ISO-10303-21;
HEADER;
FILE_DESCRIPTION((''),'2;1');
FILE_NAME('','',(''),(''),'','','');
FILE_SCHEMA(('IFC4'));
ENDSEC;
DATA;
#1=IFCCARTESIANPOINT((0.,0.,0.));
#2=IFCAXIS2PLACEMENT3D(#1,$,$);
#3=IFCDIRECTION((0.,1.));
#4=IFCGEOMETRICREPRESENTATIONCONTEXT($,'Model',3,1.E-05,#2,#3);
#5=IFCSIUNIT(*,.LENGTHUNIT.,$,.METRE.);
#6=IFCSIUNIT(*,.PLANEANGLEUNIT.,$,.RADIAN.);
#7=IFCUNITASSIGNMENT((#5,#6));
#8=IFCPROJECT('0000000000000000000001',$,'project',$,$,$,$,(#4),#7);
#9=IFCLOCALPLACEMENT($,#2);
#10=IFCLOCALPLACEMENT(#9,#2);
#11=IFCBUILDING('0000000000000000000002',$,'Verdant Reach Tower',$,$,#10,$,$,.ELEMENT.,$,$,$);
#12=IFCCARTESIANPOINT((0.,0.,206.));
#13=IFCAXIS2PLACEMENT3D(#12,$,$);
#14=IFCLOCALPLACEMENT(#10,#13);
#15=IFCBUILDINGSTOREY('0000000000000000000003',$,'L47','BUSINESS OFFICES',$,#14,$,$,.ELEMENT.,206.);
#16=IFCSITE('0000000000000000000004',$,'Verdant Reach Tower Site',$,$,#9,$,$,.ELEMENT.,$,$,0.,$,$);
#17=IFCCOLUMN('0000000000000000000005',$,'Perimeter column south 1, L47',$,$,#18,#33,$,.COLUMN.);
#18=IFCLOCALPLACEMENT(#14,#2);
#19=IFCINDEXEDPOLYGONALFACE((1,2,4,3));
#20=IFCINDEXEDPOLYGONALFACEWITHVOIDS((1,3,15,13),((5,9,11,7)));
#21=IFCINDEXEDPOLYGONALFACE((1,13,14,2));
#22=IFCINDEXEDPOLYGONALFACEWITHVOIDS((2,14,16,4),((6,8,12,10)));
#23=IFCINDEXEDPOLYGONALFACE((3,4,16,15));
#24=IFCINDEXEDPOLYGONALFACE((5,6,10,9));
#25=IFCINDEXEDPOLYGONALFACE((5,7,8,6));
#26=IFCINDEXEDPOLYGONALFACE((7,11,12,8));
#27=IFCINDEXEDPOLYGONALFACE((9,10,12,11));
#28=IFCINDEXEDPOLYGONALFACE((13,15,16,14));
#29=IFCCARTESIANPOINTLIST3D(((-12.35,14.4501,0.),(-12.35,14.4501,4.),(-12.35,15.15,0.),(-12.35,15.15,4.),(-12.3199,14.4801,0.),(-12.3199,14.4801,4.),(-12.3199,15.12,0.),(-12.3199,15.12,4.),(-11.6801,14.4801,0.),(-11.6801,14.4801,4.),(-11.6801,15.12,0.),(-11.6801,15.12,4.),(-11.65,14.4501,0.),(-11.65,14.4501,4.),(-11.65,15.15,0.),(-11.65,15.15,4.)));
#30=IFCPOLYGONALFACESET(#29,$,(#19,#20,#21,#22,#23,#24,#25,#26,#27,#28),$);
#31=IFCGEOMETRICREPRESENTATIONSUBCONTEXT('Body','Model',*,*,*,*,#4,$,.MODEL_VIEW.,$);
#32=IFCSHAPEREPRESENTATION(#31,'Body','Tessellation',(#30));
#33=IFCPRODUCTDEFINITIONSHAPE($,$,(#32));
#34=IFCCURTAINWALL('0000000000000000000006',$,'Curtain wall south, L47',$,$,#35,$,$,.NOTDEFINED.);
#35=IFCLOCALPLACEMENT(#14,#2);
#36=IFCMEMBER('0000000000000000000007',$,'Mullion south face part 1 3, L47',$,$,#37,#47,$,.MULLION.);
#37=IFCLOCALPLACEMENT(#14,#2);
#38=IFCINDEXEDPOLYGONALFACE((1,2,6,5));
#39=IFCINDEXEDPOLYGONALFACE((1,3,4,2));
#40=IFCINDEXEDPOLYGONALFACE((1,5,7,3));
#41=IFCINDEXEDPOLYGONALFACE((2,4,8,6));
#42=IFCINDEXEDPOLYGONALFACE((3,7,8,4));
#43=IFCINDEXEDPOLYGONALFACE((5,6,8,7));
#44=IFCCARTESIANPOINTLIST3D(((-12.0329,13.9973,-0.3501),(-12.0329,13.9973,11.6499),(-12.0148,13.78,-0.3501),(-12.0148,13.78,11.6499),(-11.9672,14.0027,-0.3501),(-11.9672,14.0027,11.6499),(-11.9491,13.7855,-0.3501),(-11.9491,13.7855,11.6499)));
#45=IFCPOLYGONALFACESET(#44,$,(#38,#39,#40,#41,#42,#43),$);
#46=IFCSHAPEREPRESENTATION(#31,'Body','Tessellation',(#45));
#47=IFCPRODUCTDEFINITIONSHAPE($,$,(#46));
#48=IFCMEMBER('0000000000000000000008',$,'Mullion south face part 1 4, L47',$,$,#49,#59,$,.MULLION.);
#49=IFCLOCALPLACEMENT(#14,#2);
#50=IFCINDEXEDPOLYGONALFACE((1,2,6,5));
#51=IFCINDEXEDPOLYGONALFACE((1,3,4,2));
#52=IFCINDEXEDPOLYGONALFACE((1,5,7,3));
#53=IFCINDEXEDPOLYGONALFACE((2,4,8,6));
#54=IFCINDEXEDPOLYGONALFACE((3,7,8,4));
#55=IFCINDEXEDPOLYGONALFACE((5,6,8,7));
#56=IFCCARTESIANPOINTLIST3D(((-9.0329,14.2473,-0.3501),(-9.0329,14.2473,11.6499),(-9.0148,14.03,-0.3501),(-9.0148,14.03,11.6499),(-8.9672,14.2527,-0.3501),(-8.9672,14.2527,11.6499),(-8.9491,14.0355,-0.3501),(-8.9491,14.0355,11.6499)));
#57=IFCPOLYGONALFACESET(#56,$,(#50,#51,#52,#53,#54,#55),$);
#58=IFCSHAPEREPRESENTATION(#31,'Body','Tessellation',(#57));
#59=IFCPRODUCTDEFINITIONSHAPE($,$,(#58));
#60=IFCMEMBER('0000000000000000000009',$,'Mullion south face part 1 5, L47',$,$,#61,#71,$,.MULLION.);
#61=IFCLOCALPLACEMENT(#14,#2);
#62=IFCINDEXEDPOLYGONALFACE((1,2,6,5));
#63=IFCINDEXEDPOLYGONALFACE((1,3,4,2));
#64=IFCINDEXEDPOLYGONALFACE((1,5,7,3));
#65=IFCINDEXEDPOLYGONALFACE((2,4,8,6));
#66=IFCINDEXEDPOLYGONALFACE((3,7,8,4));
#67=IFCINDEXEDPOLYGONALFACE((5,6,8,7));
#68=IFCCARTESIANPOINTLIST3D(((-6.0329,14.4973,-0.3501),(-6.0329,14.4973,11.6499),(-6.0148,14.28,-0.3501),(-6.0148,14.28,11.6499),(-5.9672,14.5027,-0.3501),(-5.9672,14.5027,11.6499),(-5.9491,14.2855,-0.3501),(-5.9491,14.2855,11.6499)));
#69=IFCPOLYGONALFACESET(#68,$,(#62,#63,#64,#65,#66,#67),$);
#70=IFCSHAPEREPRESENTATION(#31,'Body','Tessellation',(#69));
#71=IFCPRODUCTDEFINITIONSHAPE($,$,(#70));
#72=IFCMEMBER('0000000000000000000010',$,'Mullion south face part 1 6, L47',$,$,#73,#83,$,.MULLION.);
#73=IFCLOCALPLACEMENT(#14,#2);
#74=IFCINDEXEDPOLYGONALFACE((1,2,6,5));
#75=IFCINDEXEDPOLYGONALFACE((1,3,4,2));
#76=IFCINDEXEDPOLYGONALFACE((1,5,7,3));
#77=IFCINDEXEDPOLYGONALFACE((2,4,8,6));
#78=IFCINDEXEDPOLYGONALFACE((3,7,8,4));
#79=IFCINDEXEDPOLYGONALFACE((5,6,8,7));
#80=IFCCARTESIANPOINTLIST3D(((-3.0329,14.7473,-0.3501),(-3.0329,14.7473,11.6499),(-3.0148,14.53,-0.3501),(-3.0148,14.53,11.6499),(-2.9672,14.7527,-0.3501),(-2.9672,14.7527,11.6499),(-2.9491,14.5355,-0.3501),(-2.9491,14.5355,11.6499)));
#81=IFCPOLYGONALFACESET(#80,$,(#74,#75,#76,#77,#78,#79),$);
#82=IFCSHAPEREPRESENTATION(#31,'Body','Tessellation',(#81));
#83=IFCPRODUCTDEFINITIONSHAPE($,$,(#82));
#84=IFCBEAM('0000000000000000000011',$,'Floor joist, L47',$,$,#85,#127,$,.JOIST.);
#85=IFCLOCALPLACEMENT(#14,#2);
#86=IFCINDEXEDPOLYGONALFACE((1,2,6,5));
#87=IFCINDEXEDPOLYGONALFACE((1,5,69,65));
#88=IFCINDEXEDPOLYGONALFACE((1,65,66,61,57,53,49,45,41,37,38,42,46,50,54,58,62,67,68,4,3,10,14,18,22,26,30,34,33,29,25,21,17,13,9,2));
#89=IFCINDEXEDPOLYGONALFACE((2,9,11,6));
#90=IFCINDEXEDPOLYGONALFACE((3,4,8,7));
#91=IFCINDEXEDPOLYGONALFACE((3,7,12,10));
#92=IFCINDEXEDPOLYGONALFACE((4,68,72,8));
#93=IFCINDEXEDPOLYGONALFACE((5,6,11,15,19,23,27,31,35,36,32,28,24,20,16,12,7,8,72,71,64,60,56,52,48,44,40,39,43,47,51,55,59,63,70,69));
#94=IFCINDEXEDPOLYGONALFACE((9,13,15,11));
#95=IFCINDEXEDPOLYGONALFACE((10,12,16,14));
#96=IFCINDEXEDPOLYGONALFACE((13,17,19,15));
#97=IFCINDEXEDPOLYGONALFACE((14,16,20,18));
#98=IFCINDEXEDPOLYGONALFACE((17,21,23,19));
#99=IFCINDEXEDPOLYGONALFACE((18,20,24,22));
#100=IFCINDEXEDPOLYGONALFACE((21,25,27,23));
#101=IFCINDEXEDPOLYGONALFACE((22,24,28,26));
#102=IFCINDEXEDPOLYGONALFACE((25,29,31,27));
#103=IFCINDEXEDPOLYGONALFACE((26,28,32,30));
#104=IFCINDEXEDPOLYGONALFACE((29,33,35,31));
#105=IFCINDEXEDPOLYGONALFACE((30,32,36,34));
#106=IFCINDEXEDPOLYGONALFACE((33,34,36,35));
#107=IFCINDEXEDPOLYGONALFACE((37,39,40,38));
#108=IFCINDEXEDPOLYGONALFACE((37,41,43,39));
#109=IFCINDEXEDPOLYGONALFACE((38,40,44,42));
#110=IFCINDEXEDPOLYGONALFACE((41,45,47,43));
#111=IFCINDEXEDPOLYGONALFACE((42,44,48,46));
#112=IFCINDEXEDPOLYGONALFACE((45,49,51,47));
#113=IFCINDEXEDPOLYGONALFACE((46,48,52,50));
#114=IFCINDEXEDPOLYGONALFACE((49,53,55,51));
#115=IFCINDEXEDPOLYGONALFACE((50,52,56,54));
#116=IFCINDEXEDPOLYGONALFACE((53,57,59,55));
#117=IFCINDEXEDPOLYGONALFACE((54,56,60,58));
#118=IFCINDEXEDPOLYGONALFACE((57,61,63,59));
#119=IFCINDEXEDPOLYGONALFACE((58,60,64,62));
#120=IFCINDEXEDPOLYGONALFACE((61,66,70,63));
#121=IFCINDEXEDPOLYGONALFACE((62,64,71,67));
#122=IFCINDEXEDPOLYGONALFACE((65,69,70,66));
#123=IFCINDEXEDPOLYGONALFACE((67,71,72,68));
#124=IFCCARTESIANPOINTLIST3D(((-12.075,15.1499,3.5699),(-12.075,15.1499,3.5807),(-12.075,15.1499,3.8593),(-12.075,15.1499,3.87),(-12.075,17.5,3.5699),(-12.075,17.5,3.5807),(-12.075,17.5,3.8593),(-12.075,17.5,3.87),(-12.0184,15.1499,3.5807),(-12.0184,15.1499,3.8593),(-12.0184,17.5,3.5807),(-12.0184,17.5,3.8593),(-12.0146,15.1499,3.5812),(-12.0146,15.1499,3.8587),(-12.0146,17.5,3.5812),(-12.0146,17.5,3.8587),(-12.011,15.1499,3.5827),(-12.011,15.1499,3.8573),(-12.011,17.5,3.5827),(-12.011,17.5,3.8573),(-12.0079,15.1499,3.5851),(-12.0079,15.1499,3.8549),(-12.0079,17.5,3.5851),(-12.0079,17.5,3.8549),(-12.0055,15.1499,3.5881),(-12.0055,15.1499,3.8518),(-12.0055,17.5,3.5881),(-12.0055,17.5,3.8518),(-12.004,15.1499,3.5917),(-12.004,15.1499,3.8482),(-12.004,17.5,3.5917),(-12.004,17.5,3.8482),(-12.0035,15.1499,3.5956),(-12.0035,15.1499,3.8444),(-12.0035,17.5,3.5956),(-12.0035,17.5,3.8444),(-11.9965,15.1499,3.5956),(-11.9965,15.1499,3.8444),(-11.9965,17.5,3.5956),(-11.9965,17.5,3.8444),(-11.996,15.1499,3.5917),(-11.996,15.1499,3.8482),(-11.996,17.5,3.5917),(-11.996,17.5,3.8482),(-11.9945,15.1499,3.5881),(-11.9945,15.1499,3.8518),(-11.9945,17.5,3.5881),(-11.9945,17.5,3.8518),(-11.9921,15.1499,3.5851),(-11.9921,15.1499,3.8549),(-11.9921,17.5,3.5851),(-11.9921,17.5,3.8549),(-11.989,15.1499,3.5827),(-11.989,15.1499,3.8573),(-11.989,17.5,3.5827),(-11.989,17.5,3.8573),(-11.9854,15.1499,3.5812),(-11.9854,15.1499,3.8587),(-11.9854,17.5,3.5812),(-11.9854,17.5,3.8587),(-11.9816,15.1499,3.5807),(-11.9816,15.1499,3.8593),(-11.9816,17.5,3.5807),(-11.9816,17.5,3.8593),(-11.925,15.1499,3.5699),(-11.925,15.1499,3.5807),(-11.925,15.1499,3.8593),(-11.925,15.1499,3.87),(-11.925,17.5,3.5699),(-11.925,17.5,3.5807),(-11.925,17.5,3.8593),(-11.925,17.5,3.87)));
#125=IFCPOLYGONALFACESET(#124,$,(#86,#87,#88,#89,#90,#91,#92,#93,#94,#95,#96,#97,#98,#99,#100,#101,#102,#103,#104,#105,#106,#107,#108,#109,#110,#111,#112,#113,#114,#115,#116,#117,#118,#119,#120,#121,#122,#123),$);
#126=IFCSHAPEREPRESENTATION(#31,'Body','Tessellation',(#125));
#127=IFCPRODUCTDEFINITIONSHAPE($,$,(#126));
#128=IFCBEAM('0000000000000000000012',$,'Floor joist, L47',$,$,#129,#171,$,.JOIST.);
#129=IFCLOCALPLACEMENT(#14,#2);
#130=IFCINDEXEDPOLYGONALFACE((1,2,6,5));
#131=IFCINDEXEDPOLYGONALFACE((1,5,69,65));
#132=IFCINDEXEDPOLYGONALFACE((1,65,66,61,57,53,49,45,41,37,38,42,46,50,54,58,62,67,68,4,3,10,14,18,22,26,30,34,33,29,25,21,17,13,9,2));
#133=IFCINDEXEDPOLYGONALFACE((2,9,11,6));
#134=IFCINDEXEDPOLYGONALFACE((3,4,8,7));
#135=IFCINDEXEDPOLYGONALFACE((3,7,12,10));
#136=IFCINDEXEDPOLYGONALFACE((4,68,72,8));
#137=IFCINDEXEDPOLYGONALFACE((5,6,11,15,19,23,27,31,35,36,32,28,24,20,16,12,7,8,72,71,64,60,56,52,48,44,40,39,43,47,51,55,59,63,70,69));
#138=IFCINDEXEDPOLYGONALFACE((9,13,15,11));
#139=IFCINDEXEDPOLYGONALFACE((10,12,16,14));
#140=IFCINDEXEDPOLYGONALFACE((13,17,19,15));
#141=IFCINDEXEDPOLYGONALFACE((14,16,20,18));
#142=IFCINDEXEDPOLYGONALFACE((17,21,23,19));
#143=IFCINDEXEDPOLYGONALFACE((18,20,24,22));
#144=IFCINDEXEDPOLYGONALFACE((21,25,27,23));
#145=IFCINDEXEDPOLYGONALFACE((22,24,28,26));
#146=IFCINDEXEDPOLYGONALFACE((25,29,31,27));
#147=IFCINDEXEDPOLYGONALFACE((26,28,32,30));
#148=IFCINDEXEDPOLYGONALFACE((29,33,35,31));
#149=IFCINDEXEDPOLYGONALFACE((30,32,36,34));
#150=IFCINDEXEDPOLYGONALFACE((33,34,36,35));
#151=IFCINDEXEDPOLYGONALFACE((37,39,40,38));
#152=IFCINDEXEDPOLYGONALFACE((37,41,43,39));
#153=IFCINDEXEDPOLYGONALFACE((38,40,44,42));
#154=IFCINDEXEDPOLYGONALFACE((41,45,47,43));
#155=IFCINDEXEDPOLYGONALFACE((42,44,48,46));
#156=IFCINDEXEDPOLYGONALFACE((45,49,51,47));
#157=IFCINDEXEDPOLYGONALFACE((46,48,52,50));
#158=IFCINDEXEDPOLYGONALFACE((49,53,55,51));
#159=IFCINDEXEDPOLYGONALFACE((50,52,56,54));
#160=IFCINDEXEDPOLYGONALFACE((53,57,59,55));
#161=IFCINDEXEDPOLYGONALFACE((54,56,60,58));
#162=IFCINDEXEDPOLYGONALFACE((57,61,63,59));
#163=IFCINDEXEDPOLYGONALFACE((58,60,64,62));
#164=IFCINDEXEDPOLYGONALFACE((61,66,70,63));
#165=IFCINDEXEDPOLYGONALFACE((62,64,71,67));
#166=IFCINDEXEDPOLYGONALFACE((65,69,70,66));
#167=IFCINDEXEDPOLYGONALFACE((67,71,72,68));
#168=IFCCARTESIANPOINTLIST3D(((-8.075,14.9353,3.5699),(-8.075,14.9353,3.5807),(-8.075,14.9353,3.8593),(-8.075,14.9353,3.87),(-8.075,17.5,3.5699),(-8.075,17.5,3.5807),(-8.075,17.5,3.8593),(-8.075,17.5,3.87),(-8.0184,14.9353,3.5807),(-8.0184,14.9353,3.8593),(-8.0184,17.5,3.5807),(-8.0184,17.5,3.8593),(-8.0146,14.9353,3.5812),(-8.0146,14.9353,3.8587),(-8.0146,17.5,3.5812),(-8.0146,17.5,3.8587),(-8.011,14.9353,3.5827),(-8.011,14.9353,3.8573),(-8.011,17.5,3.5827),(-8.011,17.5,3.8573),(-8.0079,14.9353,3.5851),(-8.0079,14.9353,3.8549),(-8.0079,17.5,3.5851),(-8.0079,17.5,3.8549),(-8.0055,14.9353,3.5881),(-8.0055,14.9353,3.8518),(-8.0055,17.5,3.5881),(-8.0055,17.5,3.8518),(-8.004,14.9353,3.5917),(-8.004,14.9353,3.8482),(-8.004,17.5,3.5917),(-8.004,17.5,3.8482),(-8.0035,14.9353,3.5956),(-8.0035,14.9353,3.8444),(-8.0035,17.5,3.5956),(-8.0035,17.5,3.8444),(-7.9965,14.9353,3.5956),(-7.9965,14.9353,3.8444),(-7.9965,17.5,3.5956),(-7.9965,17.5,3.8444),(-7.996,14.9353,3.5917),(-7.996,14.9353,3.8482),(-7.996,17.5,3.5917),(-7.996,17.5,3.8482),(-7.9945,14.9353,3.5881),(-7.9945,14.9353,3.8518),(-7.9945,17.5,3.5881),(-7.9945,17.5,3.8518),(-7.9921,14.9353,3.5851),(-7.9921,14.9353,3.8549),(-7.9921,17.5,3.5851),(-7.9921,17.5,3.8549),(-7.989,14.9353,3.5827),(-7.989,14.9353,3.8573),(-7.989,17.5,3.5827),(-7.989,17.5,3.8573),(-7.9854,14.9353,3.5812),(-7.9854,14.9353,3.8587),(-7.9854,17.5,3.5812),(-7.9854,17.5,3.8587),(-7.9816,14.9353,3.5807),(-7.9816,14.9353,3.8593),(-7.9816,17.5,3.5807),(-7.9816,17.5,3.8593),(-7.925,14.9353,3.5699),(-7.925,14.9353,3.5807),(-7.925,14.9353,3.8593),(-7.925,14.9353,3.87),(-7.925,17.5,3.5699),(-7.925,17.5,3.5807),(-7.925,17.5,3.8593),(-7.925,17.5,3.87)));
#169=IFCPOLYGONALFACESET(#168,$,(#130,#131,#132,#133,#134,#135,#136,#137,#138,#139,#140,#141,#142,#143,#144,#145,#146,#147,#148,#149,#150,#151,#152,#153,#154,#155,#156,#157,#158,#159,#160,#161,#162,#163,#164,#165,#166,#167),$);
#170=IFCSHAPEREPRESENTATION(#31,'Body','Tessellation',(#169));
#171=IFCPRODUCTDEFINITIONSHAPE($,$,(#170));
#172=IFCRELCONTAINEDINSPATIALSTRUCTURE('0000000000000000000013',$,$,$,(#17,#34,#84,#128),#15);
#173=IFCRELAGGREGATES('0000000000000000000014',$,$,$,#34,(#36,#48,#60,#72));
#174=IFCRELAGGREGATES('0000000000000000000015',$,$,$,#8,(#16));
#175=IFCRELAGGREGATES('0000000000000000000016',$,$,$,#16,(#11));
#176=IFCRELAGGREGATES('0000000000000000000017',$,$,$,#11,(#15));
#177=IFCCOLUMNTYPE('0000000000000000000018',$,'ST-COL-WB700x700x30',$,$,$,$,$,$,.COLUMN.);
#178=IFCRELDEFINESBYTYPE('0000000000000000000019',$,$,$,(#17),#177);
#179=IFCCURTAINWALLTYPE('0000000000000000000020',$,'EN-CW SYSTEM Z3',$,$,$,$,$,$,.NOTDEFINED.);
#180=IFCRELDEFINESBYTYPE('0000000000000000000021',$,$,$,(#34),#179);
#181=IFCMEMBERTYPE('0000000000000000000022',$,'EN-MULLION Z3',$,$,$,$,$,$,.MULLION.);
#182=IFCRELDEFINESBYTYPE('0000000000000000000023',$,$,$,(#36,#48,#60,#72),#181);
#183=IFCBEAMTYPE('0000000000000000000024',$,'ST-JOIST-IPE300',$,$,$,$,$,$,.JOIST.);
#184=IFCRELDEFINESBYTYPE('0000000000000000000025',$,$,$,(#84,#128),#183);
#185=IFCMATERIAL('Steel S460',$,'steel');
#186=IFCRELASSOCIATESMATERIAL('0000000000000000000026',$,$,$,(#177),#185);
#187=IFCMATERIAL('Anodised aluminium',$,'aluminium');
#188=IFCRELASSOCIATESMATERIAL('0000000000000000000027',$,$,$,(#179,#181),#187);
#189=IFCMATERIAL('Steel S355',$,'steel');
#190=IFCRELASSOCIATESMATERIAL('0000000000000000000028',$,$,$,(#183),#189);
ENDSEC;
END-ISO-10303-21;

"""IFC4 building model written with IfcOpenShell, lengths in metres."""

from ifc_helpers import new_model, si_unit, direction, frame, origin, origin_2d, place, context, subcontext, project, spatial, rectangle, hollow_rectangle, i_section, extrude, material, material_profile, profile_set, type_object, element, aggregate, save


model = new_model("IFC4")

# Units and contexts
model_context = context("Model", 3, precision=1e-05, world=origin(), true_north=direction((0.0, 1.0)))
body_context = subcontext(model_context, "Body", "Model", "MODEL_VIEW")
ifc_project = project(units=[si_unit("LENGTHUNIT", "METRE"), si_unit("PLANEANGLEUNIT", "RADIAN")], contexts=[model_context])

# Site, building, storey
site_placement = place(None, origin())
site = spatial("IfcSite", under=ifc_project, at=site_placement, Name="Verdant Reach Tower Site", CompositionType="ELEMENT", RefElevation=0.0)
building_placement = place(site_placement, origin())
building = spatial("IfcBuilding", under=site, at=building_placement, Name="Verdant Reach Tower", CompositionType="ELEMENT")
storey_placement = place(building_placement, frame((0.0, 0.0, 206.0)))
storey = spatial("IfcBuildingStorey", under=building, at=storey_placement, Name="L47", Description="BUSINESS OFFICES", CompositionType="ELEMENT", Elevation=206.0)

# Column
ifc_material_1 = material(Name="Steel S460", Category="steel")
ifc_material_profile_1 = material_profile(ifc_material_1, hollow_rectangle(XDim=0.7, YDim=0.7, WallThickness=0.03, at=origin_2d()), Name="WB 700x700x30")
ifc_profile_set_1 = profile_set([ifc_material_profile_1], Name="Steel S460")
column_type = type_object("IfcColumnType", Name="ST-COL-WB700x700x30", PredefinedType="COLUMN", material=ifc_profile_set_1)
column_placement = place(storey_placement, frame((-12.0, 14.8, 0.0), z_axis=(0.0, 0.0, 1.0), x_axis=(1.0, 0.0, 0.0)))
element("IfcColumn", 1, at=column_placement, inside=storey, type_object=column_type, Name="Perimeter column south 1, L47", PredefinedType="COLUMN", context=body_context, shape_type="SweptSolid", body=[
    extrude(hollow_rectangle(XDim=0.7, YDim=0.7, WallThickness=0.03, at=origin_2d()), origin(), (0.0, 0.0, 1.0), 4.0),
])

# Curtain wall, members
ifc_material_2 = material(Name="Anodised aluminium", Category="aluminium")
curtain_wall_type = type_object("IfcCurtainWallType", Name="EN-CW SYSTEM Z3", PredefinedType="NOTDEFINED", material=ifc_material_2)
curtain_wall_placement = place(storey_placement, origin())
curtain_wall = element("IfcCurtainWall", 2, at=curtain_wall_placement, inside=storey, type_object=curtain_wall_type, Name="Curtain wall south, L47", PredefinedType="NOTDEFINED")
ifc_material_profile_2 = material_profile(ifc_material_2, rectangle(XDim=0.218, YDim=0.0659, at=origin_2d()), Name="Mullion 66x218")
ifc_profile_set_2 = profile_set([ifc_material_profile_2], Name="Anodised aluminium")
member_type = type_object("IfcMemberType", Name="EN-MULLION Z3", PredefinedType="MULLION", material=ifc_profile_set_2)
member_1_placement = place(storey_placement, frame((-11.991, 13.8914, -0.3501), z_axis=(0.0, 0.0, 1.0), x_axis=(0.083045, -0.996546, 0.0)))
member_1 = element("IfcMember", 3, at=member_1_placement, type_object=member_type, Name="Mullion south face part 1 3, L47", PredefinedType="MULLION", context=body_context, shape_type="SweptSolid", body=[
    extrude(rectangle(XDim=0.218, YDim=0.0659, at=origin_2d()), origin(), (0.0, 0.0, 1.0), 12.0),
])
member_2_placement = place(storey_placement, frame((-8.991, 14.1414, -0.3501), z_axis=(0.0, 0.0, 1.0), x_axis=(0.083045, -0.996546, 0.0)))
member_2 = element("IfcMember", 4, at=member_2_placement, type_object=member_type, Name="Mullion south face part 1 4, L47", PredefinedType="MULLION", context=body_context, shape_type="SweptSolid", body=[
    extrude(rectangle(XDim=0.218, YDim=0.0659, at=origin_2d()), origin(), (0.0, 0.0, 1.0), 12.0),
])
member_3_placement = place(storey_placement, frame((-5.991, 14.3914, -0.3501), z_axis=(0.0, 0.0, 1.0), x_axis=(0.083045, -0.996546, 0.0)))
member_3 = element("IfcMember", 5, at=member_3_placement, type_object=member_type, Name="Mullion south face part 1 5, L47", PredefinedType="MULLION", context=body_context, shape_type="SweptSolid", body=[
    extrude(rectangle(XDim=0.218, YDim=0.0659, at=origin_2d()), origin(), (0.0, 0.0, 1.0), 12.0),
])
member_4_placement = place(storey_placement, frame((-2.991, 14.6414, -0.3501), z_axis=(0.0, 0.0, 1.0), x_axis=(0.083045, -0.996546, 0.0)))
member_4 = element("IfcMember", 6, at=member_4_placement, type_object=member_type, Name="Mullion south face part 1 6, L47", PredefinedType="MULLION", context=body_context, shape_type="SweptSolid", body=[
    extrude(rectangle(XDim=0.218, YDim=0.0659, at=origin_2d()), origin(), (0.0, 0.0, 1.0), 12.0),
])

# Beams
ifc_material_3 = material(Name="Steel S355", Category="steel")
ifc_material_profile_3 = material_profile(ifc_material_3, i_section(OverallWidth=0.1499, OverallDepth=0.3, WebThickness=0.0071, FlangeThickness=0.0107, FilletRadius=0.0149, at=origin_2d()), Name="IPE 300")
ifc_profile_set_3 = profile_set([ifc_material_profile_3], Name="Steel S355")
beam_type_1 = type_object("IfcBeamType", Name="ST-JOIST-IPE300", PredefinedType="JOIST", material=ifc_profile_set_3)
beam_1_placement = place(storey_placement, frame((-12.0, 17.5, 3.72), z_axis=(0.0, -1.0, 0.0), x_axis=(1.0, 0.0, 0.0)))
element("IfcBeam", 7, at=beam_1_placement, inside=storey, type_object=beam_type_1, Name="Floor joist, L47", PredefinedType="JOIST", context=body_context, shape_type="SweptSolid", body=[
    extrude(i_section(OverallWidth=0.1499, OverallDepth=0.3, WebThickness=0.0071, FlangeThickness=0.0107, FilletRadius=0.0149, at=origin_2d()), origin(), (0.0, 0.0, 1.0), 2.3501),
])
beam_2_placement = place(storey_placement, frame((-8.0, 17.5, 3.72), z_axis=(0.0, -1.0, 0.0), x_axis=(1.0, 0.0, 0.0)))
element("IfcBeam", 8, at=beam_2_placement, inside=storey, type_object=beam_type_1, Name="Floor joist, L47", PredefinedType="JOIST", context=body_context, shape_type="SweptSolid", body=[
    extrude(i_section(OverallWidth=0.1499, OverallDepth=0.3, WebThickness=0.0071, FlangeThickness=0.0107, FilletRadius=0.0149, at=origin_2d()), origin(), (0.0, 0.0, 1.0), 2.5647),
])

aggregate(curtain_wall, [member_1, member_2, member_3, member_4])

save(model, "model.ifc")
